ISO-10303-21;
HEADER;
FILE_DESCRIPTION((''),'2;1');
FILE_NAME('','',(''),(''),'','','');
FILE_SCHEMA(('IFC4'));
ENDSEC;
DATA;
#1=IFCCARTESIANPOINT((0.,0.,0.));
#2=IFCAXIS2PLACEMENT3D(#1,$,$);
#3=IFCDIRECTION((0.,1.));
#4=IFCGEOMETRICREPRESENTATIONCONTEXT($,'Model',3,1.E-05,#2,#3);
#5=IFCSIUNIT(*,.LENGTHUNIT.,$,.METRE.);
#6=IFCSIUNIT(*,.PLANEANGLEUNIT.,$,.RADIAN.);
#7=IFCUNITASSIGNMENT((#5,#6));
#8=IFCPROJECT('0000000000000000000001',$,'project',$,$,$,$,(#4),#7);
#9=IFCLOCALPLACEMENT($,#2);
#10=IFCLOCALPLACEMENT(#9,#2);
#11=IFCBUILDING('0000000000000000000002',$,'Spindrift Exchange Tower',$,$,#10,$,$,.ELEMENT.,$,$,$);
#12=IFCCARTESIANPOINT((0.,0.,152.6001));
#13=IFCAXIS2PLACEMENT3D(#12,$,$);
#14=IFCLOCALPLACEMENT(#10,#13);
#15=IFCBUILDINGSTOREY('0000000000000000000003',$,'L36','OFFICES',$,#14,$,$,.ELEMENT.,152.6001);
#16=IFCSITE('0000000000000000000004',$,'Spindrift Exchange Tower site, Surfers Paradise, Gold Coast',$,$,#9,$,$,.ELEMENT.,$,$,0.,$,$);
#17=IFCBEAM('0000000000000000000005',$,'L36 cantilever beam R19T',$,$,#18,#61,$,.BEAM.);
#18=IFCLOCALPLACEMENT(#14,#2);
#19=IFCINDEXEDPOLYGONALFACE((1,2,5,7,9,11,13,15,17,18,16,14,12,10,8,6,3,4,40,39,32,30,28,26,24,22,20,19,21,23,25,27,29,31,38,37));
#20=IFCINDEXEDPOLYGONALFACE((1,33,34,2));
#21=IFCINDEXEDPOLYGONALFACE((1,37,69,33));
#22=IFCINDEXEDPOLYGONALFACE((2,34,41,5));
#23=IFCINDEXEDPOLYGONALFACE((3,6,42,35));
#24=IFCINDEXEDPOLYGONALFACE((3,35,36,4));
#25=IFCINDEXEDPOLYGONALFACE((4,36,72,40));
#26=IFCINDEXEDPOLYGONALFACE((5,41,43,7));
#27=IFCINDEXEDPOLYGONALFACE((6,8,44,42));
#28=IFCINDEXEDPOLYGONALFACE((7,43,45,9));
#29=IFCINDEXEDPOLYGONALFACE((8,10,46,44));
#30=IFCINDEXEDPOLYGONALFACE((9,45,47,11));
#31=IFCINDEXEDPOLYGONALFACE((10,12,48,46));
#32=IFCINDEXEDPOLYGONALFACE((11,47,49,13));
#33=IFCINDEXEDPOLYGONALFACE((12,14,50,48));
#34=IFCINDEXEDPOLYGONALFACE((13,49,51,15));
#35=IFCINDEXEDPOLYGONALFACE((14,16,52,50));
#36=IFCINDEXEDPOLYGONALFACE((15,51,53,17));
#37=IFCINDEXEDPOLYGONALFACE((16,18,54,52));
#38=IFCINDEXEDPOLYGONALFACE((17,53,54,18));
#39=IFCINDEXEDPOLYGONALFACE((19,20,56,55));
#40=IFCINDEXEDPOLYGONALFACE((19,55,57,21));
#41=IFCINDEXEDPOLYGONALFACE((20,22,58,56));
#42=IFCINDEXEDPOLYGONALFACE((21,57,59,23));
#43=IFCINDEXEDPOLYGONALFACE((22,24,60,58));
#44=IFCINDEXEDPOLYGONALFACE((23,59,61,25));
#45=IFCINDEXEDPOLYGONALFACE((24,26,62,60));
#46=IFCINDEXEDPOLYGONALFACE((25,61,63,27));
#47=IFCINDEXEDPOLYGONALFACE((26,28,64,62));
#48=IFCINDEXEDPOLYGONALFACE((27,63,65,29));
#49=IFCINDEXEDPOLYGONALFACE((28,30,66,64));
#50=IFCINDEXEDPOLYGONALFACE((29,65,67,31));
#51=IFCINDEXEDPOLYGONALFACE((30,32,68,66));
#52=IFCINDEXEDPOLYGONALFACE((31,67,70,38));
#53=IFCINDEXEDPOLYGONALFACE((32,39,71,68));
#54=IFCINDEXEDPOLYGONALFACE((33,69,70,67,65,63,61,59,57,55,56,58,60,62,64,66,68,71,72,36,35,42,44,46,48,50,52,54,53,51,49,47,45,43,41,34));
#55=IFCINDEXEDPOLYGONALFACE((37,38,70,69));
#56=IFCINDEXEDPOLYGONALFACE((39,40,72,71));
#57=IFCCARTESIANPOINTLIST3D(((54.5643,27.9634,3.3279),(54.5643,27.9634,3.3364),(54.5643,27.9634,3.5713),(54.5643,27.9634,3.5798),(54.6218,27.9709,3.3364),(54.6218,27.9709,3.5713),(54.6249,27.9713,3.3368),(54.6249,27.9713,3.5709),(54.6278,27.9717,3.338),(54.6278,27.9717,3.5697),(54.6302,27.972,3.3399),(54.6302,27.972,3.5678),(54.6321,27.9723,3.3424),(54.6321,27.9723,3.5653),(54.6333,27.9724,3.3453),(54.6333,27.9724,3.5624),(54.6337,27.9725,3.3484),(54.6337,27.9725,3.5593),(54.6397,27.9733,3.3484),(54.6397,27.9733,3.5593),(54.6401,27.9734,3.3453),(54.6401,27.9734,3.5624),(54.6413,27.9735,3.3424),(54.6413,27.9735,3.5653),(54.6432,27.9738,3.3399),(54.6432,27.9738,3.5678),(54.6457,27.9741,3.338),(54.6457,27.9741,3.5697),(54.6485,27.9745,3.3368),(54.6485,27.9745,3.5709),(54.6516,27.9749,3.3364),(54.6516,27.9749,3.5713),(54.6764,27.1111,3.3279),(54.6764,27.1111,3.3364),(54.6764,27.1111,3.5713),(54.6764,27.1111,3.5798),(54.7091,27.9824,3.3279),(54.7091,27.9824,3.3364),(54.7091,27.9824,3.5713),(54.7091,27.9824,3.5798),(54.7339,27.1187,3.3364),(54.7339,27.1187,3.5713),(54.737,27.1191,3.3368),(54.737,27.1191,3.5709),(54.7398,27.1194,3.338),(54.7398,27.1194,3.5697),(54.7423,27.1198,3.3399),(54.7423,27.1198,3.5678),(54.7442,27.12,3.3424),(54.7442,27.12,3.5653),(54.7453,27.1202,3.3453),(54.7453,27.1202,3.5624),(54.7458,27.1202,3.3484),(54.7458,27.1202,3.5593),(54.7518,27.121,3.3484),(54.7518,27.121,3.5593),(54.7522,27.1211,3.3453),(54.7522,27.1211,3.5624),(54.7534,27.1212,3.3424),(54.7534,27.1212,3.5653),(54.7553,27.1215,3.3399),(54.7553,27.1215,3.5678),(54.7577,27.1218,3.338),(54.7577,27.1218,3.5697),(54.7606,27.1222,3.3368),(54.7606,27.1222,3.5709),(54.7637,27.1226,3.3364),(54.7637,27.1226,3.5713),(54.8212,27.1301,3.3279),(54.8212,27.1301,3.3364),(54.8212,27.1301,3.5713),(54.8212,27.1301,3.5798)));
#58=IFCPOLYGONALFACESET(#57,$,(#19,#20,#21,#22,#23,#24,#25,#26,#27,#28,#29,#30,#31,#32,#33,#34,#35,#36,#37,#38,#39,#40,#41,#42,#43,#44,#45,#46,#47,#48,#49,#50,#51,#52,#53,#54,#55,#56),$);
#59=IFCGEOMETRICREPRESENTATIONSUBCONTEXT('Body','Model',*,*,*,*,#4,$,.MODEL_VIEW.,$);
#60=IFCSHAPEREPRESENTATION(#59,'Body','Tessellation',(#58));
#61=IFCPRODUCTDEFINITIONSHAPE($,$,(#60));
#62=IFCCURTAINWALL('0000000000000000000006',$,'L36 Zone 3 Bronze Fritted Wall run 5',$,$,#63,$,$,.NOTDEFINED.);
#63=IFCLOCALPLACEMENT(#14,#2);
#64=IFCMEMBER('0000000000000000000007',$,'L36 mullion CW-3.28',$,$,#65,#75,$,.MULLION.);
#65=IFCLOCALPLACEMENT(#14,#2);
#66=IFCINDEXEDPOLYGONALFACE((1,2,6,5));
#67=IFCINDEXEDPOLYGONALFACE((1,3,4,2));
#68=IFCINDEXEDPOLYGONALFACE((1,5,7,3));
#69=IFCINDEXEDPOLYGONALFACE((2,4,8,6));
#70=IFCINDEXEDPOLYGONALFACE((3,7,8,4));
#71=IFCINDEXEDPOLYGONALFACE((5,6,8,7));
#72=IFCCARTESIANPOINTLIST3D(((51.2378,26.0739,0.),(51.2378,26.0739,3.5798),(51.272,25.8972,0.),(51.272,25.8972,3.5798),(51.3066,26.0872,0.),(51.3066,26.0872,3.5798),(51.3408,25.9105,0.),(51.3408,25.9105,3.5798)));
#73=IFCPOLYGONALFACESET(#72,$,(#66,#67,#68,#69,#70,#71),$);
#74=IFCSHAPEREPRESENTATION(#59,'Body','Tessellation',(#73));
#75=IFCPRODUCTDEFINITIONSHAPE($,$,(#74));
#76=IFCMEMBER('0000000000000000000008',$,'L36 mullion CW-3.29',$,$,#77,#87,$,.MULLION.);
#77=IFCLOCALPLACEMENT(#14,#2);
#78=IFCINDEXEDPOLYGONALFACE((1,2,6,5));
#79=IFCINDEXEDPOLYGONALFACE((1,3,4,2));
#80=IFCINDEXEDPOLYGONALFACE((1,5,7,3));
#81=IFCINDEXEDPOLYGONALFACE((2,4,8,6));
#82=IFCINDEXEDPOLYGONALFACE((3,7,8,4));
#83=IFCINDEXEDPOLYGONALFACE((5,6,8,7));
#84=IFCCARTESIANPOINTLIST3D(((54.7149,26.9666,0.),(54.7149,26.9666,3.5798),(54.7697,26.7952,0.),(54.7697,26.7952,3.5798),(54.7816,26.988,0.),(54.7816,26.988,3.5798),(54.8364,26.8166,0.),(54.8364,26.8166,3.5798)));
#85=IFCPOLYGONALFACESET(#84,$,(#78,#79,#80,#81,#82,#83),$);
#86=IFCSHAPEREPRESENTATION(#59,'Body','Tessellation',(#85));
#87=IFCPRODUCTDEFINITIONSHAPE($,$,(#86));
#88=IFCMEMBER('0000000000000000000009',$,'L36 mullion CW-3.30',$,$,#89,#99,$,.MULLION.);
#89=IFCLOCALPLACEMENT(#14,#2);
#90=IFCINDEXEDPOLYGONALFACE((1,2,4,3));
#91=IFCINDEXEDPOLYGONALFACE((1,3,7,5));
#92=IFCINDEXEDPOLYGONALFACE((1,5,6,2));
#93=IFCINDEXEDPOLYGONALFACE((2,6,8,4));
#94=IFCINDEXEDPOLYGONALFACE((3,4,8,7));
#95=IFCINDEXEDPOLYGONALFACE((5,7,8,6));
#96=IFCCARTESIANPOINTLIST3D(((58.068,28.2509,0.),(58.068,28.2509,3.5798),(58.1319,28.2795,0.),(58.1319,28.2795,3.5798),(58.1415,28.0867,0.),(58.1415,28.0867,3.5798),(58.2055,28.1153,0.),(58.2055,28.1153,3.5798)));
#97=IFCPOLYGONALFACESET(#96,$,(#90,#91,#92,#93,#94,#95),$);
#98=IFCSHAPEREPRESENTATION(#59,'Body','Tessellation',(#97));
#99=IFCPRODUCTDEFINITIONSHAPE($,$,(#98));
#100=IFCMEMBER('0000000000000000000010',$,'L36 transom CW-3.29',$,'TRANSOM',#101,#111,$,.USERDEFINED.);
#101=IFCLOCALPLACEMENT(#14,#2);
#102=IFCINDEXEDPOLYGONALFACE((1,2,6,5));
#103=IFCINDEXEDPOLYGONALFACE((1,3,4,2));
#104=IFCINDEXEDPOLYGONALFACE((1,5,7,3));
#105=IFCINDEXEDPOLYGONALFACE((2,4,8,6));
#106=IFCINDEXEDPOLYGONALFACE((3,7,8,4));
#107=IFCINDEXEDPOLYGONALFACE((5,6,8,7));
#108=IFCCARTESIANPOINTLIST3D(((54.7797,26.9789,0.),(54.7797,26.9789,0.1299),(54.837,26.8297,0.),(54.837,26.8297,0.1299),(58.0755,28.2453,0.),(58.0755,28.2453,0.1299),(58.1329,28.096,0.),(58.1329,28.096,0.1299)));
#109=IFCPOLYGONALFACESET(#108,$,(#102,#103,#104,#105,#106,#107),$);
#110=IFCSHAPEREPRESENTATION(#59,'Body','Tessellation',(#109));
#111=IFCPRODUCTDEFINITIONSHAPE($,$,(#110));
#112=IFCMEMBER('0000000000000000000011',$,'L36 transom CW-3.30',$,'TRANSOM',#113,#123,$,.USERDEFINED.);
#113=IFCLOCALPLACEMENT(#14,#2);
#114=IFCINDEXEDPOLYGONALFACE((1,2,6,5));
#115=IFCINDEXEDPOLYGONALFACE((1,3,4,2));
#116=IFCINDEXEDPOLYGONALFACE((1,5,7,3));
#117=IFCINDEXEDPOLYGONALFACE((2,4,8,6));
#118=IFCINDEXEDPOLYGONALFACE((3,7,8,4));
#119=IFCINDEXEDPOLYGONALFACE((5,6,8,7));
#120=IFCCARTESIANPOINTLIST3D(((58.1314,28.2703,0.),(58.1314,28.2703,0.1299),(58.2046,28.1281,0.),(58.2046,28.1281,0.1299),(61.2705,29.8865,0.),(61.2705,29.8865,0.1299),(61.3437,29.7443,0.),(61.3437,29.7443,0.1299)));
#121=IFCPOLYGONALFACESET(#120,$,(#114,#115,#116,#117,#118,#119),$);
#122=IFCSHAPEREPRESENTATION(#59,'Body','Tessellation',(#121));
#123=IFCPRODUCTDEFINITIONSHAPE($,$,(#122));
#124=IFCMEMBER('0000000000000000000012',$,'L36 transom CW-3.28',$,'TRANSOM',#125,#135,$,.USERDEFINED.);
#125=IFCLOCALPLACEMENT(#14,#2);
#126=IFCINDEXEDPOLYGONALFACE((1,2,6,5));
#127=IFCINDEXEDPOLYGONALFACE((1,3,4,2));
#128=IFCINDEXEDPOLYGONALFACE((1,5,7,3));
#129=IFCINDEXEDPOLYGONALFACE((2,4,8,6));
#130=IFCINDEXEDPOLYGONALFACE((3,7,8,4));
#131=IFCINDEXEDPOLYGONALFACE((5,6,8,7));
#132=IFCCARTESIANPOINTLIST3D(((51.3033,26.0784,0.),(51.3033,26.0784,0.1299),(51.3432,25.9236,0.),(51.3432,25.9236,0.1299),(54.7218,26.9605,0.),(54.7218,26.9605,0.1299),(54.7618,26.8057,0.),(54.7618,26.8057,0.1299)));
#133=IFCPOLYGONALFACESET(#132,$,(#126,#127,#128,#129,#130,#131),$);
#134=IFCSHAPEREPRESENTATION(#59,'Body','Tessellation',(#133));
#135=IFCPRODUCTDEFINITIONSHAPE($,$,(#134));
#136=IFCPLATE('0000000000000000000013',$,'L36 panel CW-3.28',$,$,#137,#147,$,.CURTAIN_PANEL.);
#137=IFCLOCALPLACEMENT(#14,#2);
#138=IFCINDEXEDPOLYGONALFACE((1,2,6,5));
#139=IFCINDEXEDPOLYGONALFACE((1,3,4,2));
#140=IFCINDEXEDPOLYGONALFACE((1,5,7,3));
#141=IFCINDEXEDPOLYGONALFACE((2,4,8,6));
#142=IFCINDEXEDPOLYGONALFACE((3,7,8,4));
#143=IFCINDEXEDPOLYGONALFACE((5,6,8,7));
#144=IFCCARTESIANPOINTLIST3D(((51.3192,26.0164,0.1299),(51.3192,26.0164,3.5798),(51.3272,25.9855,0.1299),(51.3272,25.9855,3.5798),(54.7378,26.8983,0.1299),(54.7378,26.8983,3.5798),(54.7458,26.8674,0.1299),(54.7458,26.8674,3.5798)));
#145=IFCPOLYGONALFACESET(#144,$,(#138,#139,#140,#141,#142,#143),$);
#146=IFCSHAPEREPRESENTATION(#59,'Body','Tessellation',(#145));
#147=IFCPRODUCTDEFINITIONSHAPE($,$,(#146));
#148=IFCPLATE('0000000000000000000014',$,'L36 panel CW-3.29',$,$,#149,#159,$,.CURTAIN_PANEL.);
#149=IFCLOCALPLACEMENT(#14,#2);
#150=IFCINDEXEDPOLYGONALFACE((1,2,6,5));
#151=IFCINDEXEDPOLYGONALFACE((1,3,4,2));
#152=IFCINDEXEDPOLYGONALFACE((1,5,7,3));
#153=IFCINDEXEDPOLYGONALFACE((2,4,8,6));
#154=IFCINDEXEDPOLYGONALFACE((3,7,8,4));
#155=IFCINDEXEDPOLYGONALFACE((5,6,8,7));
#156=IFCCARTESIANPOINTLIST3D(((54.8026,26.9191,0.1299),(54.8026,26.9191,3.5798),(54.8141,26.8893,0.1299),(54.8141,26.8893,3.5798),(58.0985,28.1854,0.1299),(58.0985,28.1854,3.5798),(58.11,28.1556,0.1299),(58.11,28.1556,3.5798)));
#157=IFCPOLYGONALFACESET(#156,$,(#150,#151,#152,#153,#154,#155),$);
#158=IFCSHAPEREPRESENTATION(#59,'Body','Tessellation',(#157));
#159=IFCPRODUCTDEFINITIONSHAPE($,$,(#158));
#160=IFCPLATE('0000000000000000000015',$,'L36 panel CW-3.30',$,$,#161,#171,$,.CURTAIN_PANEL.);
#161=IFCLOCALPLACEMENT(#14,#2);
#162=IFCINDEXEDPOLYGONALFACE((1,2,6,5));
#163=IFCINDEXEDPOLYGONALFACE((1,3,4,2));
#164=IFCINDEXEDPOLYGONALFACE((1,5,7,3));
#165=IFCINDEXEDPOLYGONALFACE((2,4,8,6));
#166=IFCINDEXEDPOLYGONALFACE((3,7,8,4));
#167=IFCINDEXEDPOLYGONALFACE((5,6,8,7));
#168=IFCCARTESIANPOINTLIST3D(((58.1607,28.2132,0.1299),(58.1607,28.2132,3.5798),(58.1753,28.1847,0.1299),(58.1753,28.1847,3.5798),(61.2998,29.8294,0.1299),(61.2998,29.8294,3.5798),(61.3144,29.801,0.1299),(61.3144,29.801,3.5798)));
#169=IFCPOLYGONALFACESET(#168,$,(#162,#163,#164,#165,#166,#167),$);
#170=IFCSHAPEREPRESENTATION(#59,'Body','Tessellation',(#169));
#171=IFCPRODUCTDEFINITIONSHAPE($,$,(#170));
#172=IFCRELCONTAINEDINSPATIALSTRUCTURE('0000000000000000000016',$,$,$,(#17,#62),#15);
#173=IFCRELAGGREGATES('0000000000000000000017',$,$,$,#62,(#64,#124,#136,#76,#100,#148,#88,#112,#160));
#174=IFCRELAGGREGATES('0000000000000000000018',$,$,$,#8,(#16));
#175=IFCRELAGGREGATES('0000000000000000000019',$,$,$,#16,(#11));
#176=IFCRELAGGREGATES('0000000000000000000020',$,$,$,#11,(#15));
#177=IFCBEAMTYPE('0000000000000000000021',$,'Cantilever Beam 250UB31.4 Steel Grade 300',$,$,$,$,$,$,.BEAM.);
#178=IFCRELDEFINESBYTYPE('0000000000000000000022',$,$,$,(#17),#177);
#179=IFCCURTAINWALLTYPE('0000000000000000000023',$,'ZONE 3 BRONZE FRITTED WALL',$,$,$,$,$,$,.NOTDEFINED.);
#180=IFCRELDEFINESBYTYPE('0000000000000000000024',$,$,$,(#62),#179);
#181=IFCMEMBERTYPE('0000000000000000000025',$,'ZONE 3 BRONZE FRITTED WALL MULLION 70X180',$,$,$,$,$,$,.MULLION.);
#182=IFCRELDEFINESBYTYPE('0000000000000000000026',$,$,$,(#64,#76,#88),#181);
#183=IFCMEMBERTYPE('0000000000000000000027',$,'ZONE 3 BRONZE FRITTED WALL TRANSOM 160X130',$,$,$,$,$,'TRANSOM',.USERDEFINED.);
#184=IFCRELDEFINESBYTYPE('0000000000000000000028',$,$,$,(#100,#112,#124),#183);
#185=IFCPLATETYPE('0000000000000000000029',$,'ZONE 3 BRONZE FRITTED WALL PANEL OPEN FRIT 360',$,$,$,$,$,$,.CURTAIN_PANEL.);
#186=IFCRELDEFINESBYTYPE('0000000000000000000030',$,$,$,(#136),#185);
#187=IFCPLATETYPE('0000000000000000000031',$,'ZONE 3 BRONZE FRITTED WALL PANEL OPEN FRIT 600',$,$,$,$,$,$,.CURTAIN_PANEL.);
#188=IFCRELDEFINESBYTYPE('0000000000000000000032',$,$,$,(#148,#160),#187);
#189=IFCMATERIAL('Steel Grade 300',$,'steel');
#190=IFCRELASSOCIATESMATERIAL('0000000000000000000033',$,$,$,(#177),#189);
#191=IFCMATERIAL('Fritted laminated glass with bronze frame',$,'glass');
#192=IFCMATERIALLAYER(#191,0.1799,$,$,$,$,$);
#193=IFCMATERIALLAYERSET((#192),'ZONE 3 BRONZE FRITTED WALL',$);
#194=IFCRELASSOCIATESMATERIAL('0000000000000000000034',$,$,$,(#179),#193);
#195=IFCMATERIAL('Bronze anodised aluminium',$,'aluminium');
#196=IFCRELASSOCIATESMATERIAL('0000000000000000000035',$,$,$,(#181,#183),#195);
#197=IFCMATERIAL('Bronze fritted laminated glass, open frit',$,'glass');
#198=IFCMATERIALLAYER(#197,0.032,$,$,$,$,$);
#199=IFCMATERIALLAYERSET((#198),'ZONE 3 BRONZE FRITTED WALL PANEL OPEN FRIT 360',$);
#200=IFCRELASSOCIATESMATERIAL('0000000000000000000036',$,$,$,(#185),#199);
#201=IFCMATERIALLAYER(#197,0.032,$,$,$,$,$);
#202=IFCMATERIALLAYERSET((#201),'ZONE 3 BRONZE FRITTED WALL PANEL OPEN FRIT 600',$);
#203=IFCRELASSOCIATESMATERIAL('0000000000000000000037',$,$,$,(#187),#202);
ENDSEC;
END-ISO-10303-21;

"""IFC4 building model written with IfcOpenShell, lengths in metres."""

from ifc_helpers import new_model, si_unit, direction, frame, origin, origin_2d, place, context, subcontext, project, spatial, rectangle, i_section, extrude, source, transform, mapped, material, layer, layer_set, material_profile, profile_set, type_object, element, aggregate, save


model = new_model("IFC4")

# Units and contexts
model_context = context("Model", 3, precision=1e-05, world=origin(), true_north=direction((0.0, 1.0)))
body_context = subcontext(model_context, "Body", "Model", "MODEL_VIEW")
ifc_project = project(units=[si_unit("LENGTHUNIT", "METRE"), si_unit("PLANEANGLEUNIT", "RADIAN")], contexts=[model_context])

# Site, building, storey
site_placement = place(None, origin())
site = spatial("IfcSite", under=ifc_project, at=site_placement, Name="Spindrift Exchange Tower site, Surfers Paradise, Gold Coast", CompositionType="ELEMENT", RefElevation=0.0)
building_placement = place(site_placement, origin())
building = spatial("IfcBuilding", under=site, at=building_placement, Name="Spindrift Exchange Tower", CompositionType="ELEMENT")
storey_placement = place(building_placement, frame((0.0, 0.0, 152.6001)))
storey = spatial("IfcBuildingStorey", under=building, at=storey_placement, Name="L36", Description="OFFICES", CompositionType="ELEMENT", Elevation=152.6001)

# Beam
ifc_material_1 = material(Name="Steel Grade 300", Category="steel")
ifc_material_profile_1 = material_profile(ifc_material_1, i_section(OverallWidth=0.146, OverallDepth=0.252, WebThickness=0.0061, FlangeThickness=0.0085, FilletRadius=0.012, at=origin_2d()), Name="250UB31.4")
ifc_profile_set_1 = profile_set([ifc_material_profile_1], Name="Steel Grade 300")
beam_type_1 = type_object("IfcBeamType", Name="Cantilever Beam 250UB31.4 Steel Grade 300", PredefinedType="BEAM", material=ifc_profile_set_1)
shared_shape_1 = source(origin(), body_context, "Body", "SweptSolid", [
    extrude(i_section(OverallWidth=0.146, OverallDepth=0.252, WebThickness=0.0061, FlangeThickness=0.0085, FilletRadius=0.012, at=origin_2d()), origin(), (0.0, 0.0, 1.0), 0.8596),
])
beam_1_placement = place(storey_placement, frame((54.6367, 27.9729, 3.4539), z_axis=(0.130359, -0.991467, 0.0), x_axis=(0.991467, 0.130359, 0.0)))
element("IfcBeam", 1, at=beam_1_placement, inside=storey, type_object=beam_type_1, Name="L36 cantilever beam R19T", PredefinedType="BEAM", context=body_context, shape_type="MappedRepresentation", body=[
    mapped(shared_shape_1, transform((0.0, 0.0, 0.0), scale=1.0)),
])

# Curtain wall, members, plates
ifc_material_2 = material(Name="Fritted laminated glass with bronze frame", Category="glass")
ifc_layer_1 = layer(ifc_material_2, 0.1799)
ifc_layer_set_1 = layer_set([ifc_layer_1], Name="ZONE 3 BRONZE FRITTED WALL")
curtain_wall_type = type_object("IfcCurtainWallType", Name="ZONE 3 BRONZE FRITTED WALL", PredefinedType="NOTDEFINED", material=ifc_layer_set_1)
curtain_wall_placement = place(storey_placement, origin())
curtain_wall = element("IfcCurtainWall", 2, at=curtain_wall_placement, inside=storey, type_object=curtain_wall_type, Name="L36 Zone 3 Bronze Fritted Wall run 5", PredefinedType="NOTDEFINED")
ifc_material_3 = material(Name="Bronze anodised aluminium", Category="aluminium")
ifc_material_profile_2 = material_profile(ifc_material_3, rectangle(XDim=0.0701, YDim=0.1799, at=origin_2d()), Name="ZONE 3 BRONZE FRITTED WALL MULLION 70X180")
ifc_profile_set_2 = profile_set([ifc_material_profile_2], Name="Bronze anodised aluminium")
member_type_1 = type_object("IfcMemberType", Name="ZONE 3 BRONZE FRITTED WALL MULLION 70X180", PredefinedType="MULLION", material=ifc_profile_set_2)
shared_shape_2 = source(origin(), body_context, "Body", "SweptSolid", [
    extrude(rectangle(XDim=0.0701, YDim=0.1799, at=origin_2d()), origin(), (0.0, 0.0, 1.0), 3.5798),
])
member_1_placement = place(storey_placement, frame((51.2893, 25.9922, 0.0), z_axis=(0.0, 0.0, 1.0), x_axis=(0.981831, 0.189758, 0.0)))
member_1 = element("IfcMember", 3, at=member_1_placement, type_object=member_type_1, Name="L36 mullion CW-3.28", PredefinedType="MULLION", context=body_context, shape_type="MappedRepresentation", body=[
    mapped(shared_shape_2, transform((0.0, 0.0, 0.0), scale=1.0)),
])
member_2_placement = place(storey_placement, frame((54.7756, 26.8916, 0.0), z_axis=(0.0, 0.0, 1.0), x_axis=(0.952441, 0.304724, 0.0)))
member_2 = element("IfcMember", 4, at=member_2_placement, type_object=member_type_1, Name="L36 mullion CW-3.29", PredefinedType="MULLION", context=body_context, shape_type="MappedRepresentation", body=[
    mapped(shared_shape_2, transform((0.0, 0.0, 0.0), scale=1.0)),
])
member_3_placement = place(storey_placement, frame((58.1367, 28.1831, 0.0), z_axis=(0.0, 0.0, 1.0), x_axis=(0.912619, 0.40881, 0.0)))
member_3 = element("IfcMember", 5, at=member_3_placement, type_object=member_type_1, Name="L36 mullion CW-3.30", PredefinedType="MULLION", context=body_context, shape_type="MappedRepresentation", body=[
    mapped(shared_shape_2, transform((0.0, 0.0, 0.0), scale=1.0)),
])
ifc_material_profile_3 = material_profile(ifc_material_3, rectangle(XDim=0.1599, YDim=0.1299, at=origin_2d()), Name="ZONE 3 BRONZE FRITTED WALL TRANSOM 160X130")
ifc_profile_set_3 = profile_set([ifc_material_profile_3], Name="Bronze anodised aluminium")
member_type_2 = type_object("IfcMemberType", Name="ZONE 3 BRONZE FRITTED WALL TRANSOM 160X130", ElementType="TRANSOM", PredefinedType="USERDEFINED", material=ifc_profile_set_3)
shared_shape_3 = source(origin(), body_context, "Body", "SweptSolid", [
    extrude(rectangle(XDim=0.1599, YDim=0.1299, at=origin_2d()), origin(), (0.0, 0.0, 1.0), 3.5308),
])
member_4_placement = place(storey_placement, frame((54.8083, 26.9043, 0.0649), z_axis=(0.933469, 0.358659, 0.0), x_axis=(-0.358659, 0.933469, 0.0)))
member_4 = element("IfcMember", 6, at=member_4_placement, type_object=member_type_2, Name="L36 transom CW-3.29", ObjectType="TRANSOM", PredefinedType="USERDEFINED", context=body_context, shape_type="MappedRepresentation", body=[
    mapped(shared_shape_3, transform((0.0, 0.0, 0.0), scale=1.0)),
])
member_5_placement = place(storey_placement, frame((58.168, 28.1992, 0.0649), z_axis=(0.889082, 0.457748, 0.0), x_axis=(-0.457748, 0.889082, 0.0)))
member_5 = element("IfcMember", 7, at=member_5_placement, type_object=member_type_2, Name="L36 transom CW-3.30", ObjectType="TRANSOM", PredefinedType="USERDEFINED", context=body_context, shape_type="MappedRepresentation", body=[
    mapped(shared_shape_3, transform((0.0, 0.0, 0.0), scale=1.0)),
])
shared_shape_4 = source(origin(), body_context, "Body", "SweptSolid", [
    extrude(rectangle(XDim=0.1599, YDim=0.1299, at=origin_2d()), origin(), (0.0, 0.0, 1.0), 3.5305),
])
member_6_placement = place(storey_placement, frame((51.3232, 26.001, 0.0649), z_axis=(0.968284, 0.249851, 0.0), x_axis=(-0.249851, 0.968284, 0.0)))
member_6 = element("IfcMember", 8, at=member_6_placement, type_object=member_type_2, Name="L36 transom CW-3.28", ObjectType="TRANSOM", PredefinedType="USERDEFINED", context=body_context, shape_type="MappedRepresentation", body=[
    mapped(shared_shape_4, transform((0.0, 0.0, 0.0), scale=1.0)),
])
ifc_material_4 = material(Name="Bronze fritted laminated glass, open frit", Category="glass")
ifc_layer_2 = layer(ifc_material_4, 0.032)
ifc_layer_set_2 = layer_set([ifc_layer_2], Name="ZONE 3 BRONZE FRITTED WALL PANEL OPEN FRIT 360")
plate_type_1 = type_object("IfcPlateType", Name="ZONE 3 BRONZE FRITTED WALL PANEL OPEN FRIT 360", PredefinedType="CURTAIN_PANEL", material=ifc_layer_set_2)
shared_shape_5 = source(origin(), body_context, "Body", "SweptSolid", [
    extrude(rectangle(XDim=3.5305, YDim=0.032, at=origin_2d()), origin(), (0.0, 0.0, 1.0), 3.45),
])
plate_1_placement = place(storey_placement, frame((53.0325, 26.4419, 0.1299), z_axis=(0.0, 0.0, 1.0), x_axis=(0.968299, 0.249795, 0.0)))
plate_1 = element("IfcPlate", 9, at=plate_1_placement, type_object=plate_type_1, Name="L36 panel CW-3.28", PredefinedType="CURTAIN_PANEL", context=body_context, shape_type="MappedRepresentation", body=[
    mapped(shared_shape_5, transform((0.0, 0.0, 0.0), scale=1.0)),
])
ifc_layer_3 = layer(ifc_material_4, 0.032)
ifc_layer_set_3 = layer_set([ifc_layer_3], Name="ZONE 3 BRONZE FRITTED WALL PANEL OPEN FRIT 600")
plate_type_2 = type_object("IfcPlateType", Name="ZONE 3 BRONZE FRITTED WALL PANEL OPEN FRIT 600", PredefinedType="CURTAIN_PANEL", material=ifc_layer_set_3)
shared_shape_6 = source(origin(), body_context, "Body", "SweptSolid", [
    extrude(rectangle(XDim=3.5308, YDim=0.032, at=origin_2d()), origin(), (0.0, 0.0, 1.0), 3.45),
])
plate_2_placement = place(storey_placement, frame((56.4563, 27.5374, 0.1299), z_axis=(0.0, 0.0, 1.0), x_axis=(0.93347, 0.358656, 0.0)))
plate_2 = element("IfcPlate", 10, at=plate_2_placement, type_object=plate_type_2, Name="L36 panel CW-3.29", PredefinedType="CURTAIN_PANEL", context=body_context, shape_type="MappedRepresentation", body=[
    mapped(shared_shape_6, transform((0.0, 0.0, 0.0), scale=1.0)),
])
plate_3_placement = place(storey_placement, frame((59.7375, 29.0071, 0.1299), z_axis=(0.0, 0.0, 1.0), x_axis=(0.889077, 0.457758, 0.0)))
plate_3 = element("IfcPlate", 11, at=plate_3_placement, type_object=plate_type_2, Name="L36 panel CW-3.30", PredefinedType="CURTAIN_PANEL", context=body_context, shape_type="MappedRepresentation", body=[
    mapped(shared_shape_6, transform((0.0, 0.0, 0.0), scale=1.0)),
])
aggregate(curtain_wall, [member_1, member_6, plate_1, member_2, member_4, plate_2, member_3, member_5, plate_3])

save(model, "model.ifc")
